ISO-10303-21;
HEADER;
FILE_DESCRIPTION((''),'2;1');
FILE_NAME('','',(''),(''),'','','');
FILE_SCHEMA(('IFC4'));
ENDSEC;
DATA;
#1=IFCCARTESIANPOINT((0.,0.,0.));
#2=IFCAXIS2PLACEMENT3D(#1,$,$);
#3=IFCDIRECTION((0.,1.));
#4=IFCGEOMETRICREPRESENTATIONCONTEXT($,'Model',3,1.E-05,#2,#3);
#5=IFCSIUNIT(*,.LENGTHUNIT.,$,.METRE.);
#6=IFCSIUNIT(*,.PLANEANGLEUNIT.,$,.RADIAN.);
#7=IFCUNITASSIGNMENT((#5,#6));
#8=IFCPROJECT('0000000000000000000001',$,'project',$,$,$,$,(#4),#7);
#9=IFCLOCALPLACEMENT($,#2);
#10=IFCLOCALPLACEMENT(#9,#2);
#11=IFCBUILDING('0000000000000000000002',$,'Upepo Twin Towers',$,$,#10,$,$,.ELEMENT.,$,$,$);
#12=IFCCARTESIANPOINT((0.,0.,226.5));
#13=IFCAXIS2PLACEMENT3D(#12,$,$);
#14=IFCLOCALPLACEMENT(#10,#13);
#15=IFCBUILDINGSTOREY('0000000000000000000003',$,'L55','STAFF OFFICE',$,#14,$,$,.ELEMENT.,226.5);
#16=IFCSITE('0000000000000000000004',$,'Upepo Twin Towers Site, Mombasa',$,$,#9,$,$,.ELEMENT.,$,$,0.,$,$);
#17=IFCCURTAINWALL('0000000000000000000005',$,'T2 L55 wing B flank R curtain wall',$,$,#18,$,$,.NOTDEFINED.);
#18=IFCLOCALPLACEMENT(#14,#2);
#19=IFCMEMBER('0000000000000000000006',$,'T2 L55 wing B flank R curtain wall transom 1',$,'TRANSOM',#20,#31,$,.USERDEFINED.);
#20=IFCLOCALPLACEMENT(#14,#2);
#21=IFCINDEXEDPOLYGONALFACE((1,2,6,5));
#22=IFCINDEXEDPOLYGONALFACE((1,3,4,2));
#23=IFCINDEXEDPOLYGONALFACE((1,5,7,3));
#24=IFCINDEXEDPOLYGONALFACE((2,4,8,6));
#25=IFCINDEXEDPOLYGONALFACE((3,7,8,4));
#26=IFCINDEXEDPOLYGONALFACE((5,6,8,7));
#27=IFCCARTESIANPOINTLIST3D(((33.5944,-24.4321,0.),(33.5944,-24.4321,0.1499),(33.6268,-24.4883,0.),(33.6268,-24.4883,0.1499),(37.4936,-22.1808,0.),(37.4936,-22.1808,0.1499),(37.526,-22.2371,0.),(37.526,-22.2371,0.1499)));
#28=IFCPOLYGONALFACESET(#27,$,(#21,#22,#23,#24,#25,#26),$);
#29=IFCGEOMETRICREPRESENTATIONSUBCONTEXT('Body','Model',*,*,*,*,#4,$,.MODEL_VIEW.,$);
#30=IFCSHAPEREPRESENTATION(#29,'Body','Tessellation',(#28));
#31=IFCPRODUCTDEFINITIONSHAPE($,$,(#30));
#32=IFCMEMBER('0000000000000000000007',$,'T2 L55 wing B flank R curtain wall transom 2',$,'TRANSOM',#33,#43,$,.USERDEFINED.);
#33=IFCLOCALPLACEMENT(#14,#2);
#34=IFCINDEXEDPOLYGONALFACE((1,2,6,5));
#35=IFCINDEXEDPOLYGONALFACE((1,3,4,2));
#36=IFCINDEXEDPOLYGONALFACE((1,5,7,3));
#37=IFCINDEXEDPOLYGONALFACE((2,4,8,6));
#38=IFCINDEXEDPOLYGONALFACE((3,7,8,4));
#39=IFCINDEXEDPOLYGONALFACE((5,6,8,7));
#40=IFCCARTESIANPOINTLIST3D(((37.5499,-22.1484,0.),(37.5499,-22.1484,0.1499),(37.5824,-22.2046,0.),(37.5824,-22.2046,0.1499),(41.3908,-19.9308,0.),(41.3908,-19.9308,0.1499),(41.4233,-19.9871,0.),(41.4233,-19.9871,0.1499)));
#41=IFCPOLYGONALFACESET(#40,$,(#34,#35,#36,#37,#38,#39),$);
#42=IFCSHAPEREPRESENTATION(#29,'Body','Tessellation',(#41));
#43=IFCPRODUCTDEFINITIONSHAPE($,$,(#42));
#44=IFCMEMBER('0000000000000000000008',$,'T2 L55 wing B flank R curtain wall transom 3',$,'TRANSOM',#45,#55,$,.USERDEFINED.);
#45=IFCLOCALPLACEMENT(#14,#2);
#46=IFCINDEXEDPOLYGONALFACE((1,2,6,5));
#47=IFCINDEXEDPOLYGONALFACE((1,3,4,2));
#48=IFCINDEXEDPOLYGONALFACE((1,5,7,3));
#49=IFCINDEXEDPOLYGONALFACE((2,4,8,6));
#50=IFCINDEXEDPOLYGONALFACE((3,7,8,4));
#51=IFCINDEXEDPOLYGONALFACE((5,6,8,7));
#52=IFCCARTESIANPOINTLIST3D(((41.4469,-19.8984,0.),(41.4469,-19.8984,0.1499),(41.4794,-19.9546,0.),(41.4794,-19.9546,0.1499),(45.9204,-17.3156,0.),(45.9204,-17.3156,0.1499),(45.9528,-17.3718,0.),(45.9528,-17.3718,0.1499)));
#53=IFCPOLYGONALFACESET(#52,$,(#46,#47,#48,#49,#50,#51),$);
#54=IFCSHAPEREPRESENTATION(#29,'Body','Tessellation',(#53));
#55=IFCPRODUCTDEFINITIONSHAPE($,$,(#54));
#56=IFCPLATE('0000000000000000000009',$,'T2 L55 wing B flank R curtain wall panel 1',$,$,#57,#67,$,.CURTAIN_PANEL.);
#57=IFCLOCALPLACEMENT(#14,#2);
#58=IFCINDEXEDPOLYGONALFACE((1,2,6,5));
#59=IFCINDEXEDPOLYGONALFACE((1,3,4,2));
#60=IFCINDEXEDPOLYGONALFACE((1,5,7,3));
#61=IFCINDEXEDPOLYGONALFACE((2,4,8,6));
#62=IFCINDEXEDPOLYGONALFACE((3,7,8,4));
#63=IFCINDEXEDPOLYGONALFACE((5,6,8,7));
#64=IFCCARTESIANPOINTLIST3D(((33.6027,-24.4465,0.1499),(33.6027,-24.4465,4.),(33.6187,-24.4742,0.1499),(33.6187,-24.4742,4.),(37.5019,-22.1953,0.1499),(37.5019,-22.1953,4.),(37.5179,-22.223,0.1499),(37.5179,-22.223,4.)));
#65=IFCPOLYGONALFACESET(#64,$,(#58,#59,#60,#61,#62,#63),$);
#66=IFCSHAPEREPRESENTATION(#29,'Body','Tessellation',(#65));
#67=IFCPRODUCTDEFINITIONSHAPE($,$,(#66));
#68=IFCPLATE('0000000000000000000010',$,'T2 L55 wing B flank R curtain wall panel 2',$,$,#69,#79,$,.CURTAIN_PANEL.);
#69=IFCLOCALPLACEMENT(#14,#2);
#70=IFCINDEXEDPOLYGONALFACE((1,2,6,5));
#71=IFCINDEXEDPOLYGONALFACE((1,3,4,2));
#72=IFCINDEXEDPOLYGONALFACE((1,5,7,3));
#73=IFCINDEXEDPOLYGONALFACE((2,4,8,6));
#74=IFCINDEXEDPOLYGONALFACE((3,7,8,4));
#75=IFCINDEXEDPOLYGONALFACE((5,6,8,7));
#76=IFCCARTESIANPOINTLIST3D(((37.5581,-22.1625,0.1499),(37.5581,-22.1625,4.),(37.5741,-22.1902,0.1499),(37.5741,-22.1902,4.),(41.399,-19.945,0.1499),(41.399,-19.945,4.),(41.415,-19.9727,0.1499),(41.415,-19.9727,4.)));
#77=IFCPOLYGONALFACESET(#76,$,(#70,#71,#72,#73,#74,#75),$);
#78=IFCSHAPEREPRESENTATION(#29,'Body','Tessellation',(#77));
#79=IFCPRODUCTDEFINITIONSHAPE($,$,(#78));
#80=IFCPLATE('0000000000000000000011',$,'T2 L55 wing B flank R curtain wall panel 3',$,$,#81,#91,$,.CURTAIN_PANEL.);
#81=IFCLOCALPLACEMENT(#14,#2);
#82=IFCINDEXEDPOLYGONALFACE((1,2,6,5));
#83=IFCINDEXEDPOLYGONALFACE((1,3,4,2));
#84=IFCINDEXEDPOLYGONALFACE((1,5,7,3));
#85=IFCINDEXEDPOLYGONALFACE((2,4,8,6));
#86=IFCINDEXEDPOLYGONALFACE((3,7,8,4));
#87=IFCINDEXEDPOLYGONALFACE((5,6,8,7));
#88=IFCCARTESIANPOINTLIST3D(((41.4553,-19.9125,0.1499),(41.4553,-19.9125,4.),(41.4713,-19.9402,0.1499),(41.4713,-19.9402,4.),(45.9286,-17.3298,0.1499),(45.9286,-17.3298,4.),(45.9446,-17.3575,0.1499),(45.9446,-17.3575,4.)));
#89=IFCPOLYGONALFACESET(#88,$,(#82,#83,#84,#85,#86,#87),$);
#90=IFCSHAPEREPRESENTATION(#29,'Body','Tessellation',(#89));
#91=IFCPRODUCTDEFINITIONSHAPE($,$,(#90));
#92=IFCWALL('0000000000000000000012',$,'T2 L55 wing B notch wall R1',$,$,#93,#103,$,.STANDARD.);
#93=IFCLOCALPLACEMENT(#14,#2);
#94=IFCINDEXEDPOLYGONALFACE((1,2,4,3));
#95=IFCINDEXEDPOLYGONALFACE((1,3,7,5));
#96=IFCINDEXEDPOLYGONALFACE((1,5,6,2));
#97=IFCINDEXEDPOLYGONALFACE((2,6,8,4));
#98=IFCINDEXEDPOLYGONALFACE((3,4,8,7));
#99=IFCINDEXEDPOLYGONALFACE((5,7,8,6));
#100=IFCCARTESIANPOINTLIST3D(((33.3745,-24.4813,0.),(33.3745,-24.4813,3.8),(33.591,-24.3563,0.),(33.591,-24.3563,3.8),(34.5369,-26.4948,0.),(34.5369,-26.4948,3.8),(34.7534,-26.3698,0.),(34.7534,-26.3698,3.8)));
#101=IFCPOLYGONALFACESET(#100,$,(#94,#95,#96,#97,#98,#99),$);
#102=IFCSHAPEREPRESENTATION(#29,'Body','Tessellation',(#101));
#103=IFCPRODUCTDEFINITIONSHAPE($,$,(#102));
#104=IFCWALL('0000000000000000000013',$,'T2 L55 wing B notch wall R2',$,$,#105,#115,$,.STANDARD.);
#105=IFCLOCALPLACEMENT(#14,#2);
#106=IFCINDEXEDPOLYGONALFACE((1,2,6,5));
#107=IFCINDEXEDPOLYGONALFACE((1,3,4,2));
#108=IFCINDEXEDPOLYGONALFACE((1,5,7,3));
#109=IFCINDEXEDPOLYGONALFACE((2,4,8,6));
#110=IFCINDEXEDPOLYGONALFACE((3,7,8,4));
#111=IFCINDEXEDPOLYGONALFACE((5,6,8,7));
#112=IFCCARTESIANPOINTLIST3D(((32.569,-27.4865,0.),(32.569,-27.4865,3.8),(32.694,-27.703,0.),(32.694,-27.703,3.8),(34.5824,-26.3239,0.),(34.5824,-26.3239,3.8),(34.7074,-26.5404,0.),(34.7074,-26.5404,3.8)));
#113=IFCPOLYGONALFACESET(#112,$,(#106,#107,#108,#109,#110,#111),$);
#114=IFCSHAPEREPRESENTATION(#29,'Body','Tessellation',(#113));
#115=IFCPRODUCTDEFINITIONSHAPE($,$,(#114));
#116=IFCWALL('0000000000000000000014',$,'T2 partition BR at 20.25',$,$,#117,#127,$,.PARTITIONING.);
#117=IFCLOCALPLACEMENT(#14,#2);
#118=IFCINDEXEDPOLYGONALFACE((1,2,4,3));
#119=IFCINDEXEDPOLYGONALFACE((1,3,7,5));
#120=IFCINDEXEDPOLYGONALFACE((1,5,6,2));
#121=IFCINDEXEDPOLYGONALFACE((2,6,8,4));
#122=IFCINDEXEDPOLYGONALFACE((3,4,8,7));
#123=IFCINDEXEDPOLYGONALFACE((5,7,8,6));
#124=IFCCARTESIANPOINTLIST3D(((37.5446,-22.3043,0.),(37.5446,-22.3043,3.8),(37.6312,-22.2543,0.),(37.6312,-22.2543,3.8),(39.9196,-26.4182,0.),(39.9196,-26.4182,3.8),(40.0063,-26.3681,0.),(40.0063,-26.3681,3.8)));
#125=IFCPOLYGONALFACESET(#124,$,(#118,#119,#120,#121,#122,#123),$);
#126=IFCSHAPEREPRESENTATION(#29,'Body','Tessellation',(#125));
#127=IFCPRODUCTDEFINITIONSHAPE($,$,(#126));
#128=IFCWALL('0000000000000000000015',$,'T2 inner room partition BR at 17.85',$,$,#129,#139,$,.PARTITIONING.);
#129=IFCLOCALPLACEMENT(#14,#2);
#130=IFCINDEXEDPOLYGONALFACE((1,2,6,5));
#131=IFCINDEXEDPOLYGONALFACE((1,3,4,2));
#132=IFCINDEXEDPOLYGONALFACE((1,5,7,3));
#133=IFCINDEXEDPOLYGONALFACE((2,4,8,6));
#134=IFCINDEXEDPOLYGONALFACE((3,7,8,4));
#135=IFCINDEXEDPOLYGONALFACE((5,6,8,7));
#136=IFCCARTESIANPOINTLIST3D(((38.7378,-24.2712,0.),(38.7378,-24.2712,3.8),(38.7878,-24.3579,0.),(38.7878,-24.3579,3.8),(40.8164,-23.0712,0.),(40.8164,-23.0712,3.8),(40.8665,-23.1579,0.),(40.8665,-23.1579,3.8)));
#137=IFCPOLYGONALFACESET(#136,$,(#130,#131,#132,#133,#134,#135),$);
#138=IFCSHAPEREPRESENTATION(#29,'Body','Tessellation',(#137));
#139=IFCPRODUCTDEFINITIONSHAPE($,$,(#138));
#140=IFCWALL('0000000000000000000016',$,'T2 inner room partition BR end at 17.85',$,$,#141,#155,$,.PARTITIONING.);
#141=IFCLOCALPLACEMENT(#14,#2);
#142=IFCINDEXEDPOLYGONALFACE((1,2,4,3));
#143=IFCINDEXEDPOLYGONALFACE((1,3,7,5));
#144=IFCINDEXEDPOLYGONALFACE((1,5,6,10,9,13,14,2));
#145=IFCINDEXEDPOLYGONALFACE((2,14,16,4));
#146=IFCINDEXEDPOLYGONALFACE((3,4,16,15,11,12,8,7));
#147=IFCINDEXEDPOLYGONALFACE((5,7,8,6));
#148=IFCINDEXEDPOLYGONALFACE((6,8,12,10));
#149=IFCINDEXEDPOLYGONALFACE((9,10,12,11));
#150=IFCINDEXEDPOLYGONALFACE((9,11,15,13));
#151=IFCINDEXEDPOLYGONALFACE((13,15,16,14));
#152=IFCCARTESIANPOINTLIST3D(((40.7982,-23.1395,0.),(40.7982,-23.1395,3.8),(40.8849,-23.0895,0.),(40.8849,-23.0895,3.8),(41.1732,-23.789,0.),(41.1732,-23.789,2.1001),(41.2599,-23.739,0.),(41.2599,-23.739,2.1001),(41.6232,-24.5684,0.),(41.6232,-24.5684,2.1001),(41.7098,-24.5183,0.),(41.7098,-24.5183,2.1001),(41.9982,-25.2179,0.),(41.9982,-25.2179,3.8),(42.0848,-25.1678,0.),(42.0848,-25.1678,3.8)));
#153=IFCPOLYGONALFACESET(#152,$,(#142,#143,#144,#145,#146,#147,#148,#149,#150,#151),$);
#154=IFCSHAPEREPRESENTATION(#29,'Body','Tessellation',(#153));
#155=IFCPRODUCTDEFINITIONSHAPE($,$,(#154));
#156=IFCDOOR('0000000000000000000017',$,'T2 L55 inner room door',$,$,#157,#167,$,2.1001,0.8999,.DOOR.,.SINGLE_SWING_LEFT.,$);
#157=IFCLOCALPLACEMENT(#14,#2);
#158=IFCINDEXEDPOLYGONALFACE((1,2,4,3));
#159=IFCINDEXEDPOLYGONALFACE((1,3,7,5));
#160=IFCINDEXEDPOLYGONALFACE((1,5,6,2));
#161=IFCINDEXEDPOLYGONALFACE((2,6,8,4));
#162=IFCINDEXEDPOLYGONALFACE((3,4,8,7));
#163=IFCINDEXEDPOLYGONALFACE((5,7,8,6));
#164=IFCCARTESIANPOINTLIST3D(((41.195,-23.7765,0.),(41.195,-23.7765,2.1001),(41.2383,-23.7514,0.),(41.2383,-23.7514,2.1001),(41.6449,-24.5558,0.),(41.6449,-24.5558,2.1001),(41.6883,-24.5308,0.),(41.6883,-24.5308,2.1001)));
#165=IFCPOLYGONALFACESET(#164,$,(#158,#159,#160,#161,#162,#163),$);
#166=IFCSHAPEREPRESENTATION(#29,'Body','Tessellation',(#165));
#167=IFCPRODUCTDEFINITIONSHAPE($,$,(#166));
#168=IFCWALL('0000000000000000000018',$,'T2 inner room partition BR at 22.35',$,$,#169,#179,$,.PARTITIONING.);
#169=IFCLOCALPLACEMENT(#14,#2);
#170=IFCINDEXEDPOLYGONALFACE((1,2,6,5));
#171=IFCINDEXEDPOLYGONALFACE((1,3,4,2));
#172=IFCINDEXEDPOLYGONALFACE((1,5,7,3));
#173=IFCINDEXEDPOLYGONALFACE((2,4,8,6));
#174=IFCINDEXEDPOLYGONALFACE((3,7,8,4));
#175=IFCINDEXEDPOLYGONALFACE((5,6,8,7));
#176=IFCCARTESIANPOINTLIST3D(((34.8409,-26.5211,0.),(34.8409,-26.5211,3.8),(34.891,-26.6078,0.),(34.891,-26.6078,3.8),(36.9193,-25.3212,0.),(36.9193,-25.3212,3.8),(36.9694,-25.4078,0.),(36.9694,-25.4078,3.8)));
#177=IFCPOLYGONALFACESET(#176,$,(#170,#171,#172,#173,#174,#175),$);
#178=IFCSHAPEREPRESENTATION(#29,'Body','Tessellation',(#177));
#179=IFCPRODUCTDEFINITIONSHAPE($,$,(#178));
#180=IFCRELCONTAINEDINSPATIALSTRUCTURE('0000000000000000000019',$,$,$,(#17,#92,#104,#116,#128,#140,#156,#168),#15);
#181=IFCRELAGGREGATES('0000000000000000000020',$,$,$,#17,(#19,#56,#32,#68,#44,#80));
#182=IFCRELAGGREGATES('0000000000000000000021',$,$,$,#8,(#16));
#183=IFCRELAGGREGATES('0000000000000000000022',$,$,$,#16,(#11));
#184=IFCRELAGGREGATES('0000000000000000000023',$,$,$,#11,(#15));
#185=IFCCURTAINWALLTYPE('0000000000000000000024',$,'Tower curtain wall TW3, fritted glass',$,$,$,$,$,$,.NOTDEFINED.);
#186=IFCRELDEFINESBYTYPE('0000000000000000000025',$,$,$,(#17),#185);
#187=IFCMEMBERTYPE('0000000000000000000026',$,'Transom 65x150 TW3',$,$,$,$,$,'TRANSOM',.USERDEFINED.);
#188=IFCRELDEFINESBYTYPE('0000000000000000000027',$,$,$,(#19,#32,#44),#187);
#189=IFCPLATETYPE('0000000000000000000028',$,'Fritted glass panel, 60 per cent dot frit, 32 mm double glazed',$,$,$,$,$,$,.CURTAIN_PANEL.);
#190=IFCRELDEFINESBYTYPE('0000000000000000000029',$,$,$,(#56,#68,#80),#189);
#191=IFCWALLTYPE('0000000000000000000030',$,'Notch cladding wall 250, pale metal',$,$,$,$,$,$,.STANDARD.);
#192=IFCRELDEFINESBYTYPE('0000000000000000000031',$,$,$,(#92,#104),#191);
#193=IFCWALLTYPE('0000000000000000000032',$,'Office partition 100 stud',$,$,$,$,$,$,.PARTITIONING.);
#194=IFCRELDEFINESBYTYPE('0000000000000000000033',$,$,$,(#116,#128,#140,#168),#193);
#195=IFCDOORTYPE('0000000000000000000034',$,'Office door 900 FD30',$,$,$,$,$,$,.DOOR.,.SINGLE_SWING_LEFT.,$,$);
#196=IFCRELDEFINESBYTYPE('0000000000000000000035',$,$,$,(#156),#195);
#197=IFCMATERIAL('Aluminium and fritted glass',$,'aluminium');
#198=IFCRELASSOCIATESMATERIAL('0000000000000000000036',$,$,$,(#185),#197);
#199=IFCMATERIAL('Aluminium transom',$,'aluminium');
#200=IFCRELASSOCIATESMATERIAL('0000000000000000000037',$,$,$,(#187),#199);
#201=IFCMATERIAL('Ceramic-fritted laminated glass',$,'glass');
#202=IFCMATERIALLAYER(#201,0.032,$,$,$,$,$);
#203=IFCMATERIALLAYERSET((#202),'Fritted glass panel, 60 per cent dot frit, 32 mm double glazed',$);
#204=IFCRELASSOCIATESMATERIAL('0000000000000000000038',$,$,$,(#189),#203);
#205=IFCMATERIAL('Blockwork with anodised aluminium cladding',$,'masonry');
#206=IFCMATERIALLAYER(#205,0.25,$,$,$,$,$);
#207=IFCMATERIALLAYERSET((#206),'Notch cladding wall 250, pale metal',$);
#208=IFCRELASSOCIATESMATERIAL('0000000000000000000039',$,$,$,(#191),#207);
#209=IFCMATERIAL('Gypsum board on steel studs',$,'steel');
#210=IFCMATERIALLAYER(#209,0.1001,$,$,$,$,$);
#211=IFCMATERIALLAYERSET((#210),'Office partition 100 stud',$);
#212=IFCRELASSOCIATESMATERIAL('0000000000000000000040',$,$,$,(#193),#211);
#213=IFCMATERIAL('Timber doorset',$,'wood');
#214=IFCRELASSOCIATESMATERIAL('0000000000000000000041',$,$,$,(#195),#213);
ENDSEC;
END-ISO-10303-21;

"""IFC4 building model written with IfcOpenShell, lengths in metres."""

from ifc_helpers import new_model, si_unit, direction, frame, frame_2d, origin, origin_2d, place, context, subcontext, project, spatial, rectangle, extrude, material, layer, layer_set, material_profile, profile_set, type_object, element, fill, aggregate, save


model = new_model("IFC4")

# Units and contexts
model_context = context("Model", 3, precision=1e-05, world=origin(), true_north=direction((0.0, 1.0)))
body_context = subcontext(model_context, "Body", "Model", "MODEL_VIEW")
ifc_project = project(units=[si_unit("LENGTHUNIT", "METRE"), si_unit("PLANEANGLEUNIT", "RADIAN")], contexts=[model_context])

# Site, building, storey
site_placement = place(None, origin())
site = spatial("IfcSite", under=ifc_project, at=site_placement, Name="Upepo Twin Towers Site, Mombasa", CompositionType="ELEMENT", RefElevation=0.0)
building_placement = place(site_placement, origin())
building = spatial("IfcBuilding", under=site, at=building_placement, Name="Upepo Twin Towers", CompositionType="ELEMENT")
storey_placement = place(building_placement, frame((0.0, 0.0, 226.5)))
storey = spatial("IfcBuildingStorey", under=building, at=storey_placement, Name="L55", Description="STAFF OFFICE", CompositionType="ELEMENT", Elevation=226.5)

# Curtain wall
ifc_material_1 = material(Name="Aluminium and fritted glass", Category="aluminium")
curtain_wall_type = type_object("IfcCurtainWallType", Name="Tower curtain wall TW3, fritted glass", PredefinedType="NOTDEFINED", material=ifc_material_1)
curtain_wall_1_placement = place(storey_placement, origin())
curtain_wall_1 = element("IfcCurtainWall", 1, at=curtain_wall_1_placement, inside=storey, type_object=curtain_wall_type, Name="T2 L55 wing B flank R curtain wall", PredefinedType="NOTDEFINED")

# Members
ifc_material_2 = material(Name="Aluminium transom", Category="aluminium")
ifc_material_profile_1 = material_profile(ifc_material_2, rectangle(XDim=0.0649, YDim=0.1499, at=origin_2d()), Name="TRANSOM 65x150")
ifc_profile_set_1 = profile_set([ifc_material_profile_1], Name="Aluminium transom")
member_type_1 = type_object("IfcMemberType", Name="Transom 65x150 TW3", ElementType="TRANSOM", PredefinedType="USERDEFINED", material=ifc_profile_set_1)
member_1_placement = place(storey_placement, frame((33.6106, -24.4602, 0.075), z_axis=(0.866022, 0.500006, 0.0), x_axis=(-0.500006, 0.866022, 0.0)))
member_1 = element("IfcMember", 2, at=member_1_placement, type_object=member_type_1, Name="T2 L55 wing B flank R curtain wall transom 1", ObjectType="TRANSOM", PredefinedType="USERDEFINED", context=body_context, shape_type="SweptSolid", body=[
    extrude(rectangle(XDim=0.0649, YDim=0.1499, at=origin_2d()), origin(), (0.0, 0.0, 1.0), 4.5024),
])
member_2_placement = place(storey_placement, frame((37.5662, -22.1765, 0.075), z_axis=(0.866022, 0.500005, 0.0), x_axis=(-0.500005, 0.866022, 0.0)))
member_2 = element("IfcMember", 3, at=member_2_placement, type_object=member_type_1, Name="T2 L55 wing B flank R curtain wall transom 2", ObjectType="TRANSOM", PredefinedType="USERDEFINED", context=body_context, shape_type="SweptSolid", body=[
    extrude(rectangle(XDim=0.0649, YDim=0.1499, at=origin_2d()), origin(), (0.0, 0.0, 1.0), 4.4351),
])
member_3_placement = place(storey_placement, frame((41.4631, -19.9265, 0.075), z_axis=(0.866021, 0.500007, 0.0), x_axis=(-0.500007, 0.866021, 0.0)))
member_3 = element("IfcMember", 4, at=member_3_placement, type_object=member_type_1, Name="T2 L55 wing B flank R curtain wall transom 3", ObjectType="TRANSOM", PredefinedType="USERDEFINED", context=body_context, shape_type="SweptSolid", body=[
    extrude(rectangle(XDim=0.0649, YDim=0.1499, at=origin_2d()), origin(), (0.0, 0.0, 1.0), 5.1655),
])

# Plates
ifc_material_3 = material(Name="Ceramic-fritted laminated glass", Category="glass")
ifc_layer_1 = layer(ifc_material_3, 0.032)
ifc_layer_set_1 = layer_set([ifc_layer_1], Name="Fritted glass panel, 60 per cent dot frit, 32 mm double glazed")
plate_type = type_object("IfcPlateType", Name="Fritted glass panel, 60 per cent dot frit, 32 mm double glazed", PredefinedType="CURTAIN_PANEL", material=ifc_layer_set_1)
plate_1_placement = place(storey_placement, frame((35.5603, -23.3347, 0.1499), z_axis=(0.0, 0.0, 1.0), x_axis=(0.866025, 0.5, 0.0)))
plate_1 = element("IfcPlate", 5, at=plate_1_placement, type_object=plate_type, Name="T2 L55 wing B flank R curtain wall panel 1", PredefinedType="CURTAIN_PANEL", context=body_context, shape_type="SweptSolid", body=[
    extrude(rectangle(XDim=4.5024, YDim=0.032, at=origin_2d()), origin(), (0.0, 0.0, 1.0), 3.8501),
])
plate_2_placement = place(storey_placement, frame((39.4866, -21.0676, 0.1499), z_axis=(0.0, 0.0, 1.0), x_axis=(0.866025, 0.5, 0.0)))
plate_2 = element("IfcPlate", 6, at=plate_2_placement, type_object=plate_type, Name="T2 L55 wing B flank R curtain wall panel 2", PredefinedType="CURTAIN_PANEL", context=body_context, shape_type="SweptSolid", body=[
    extrude(rectangle(XDim=4.4351, YDim=0.032, at=origin_2d()), origin(), (0.0, 0.0, 1.0), 3.8501),
])
plate_3_placement = place(storey_placement, frame((43.7, -18.635, 0.1499), z_axis=(0.0, 0.0, 1.0), x_axis=(0.866025, 0.5, 0.0)))
plate_3 = element("IfcPlate", 7, at=plate_3_placement, type_object=plate_type, Name="T2 L55 wing B flank R curtain wall panel 3", PredefinedType="CURTAIN_PANEL", context=body_context, shape_type="SweptSolid", body=[
    extrude(rectangle(XDim=5.1653, YDim=0.032, at=origin_2d()), origin(), (0.0, 0.0, 1.0), 3.8501),
])
aggregate(curtain_wall_1, [member_1, plate_1, member_2, plate_2, member_3, plate_3])

# Walls
ifc_material_4 = material(Name="Blockwork with anodised aluminium cladding", Category="masonry")
ifc_layer_2 = layer(ifc_material_4, 0.25)
ifc_layer_set_2 = layer_set([ifc_layer_2], Name="Notch cladding wall 250, pale metal")
wall_type_1 = type_object("IfcWallType", Name="Notch cladding wall 250, pale metal", PredefinedType="STANDARD", material=ifc_layer_set_2)
for number, where, z_axis, x_axis, name in (
    (8, (33.4827, -24.4187, 0.0), (0.0, 0.0, 1.0), (0.499968, -0.866044, 0.0), "T2 L55 wing B notch wall R1"),
    (9, (34.645, -26.4321, 0.0), (0.0, 0.0, 1.0), (-0.865998, -0.500047, 0.0), "T2 L55 wing B notch wall R2"),
):
    element("IfcWall", number, at=place(storey_placement, frame(where, z_axis=z_axis, x_axis=x_axis)), inside=storey, type_object=wall_type_1, Name=name, PredefinedType="STANDARD", context=body_context, shape_type="SweptSolid", body=[
        extrude(rectangle(XDim=2.325, YDim=0.25, at=frame_2d((1.1626, 0.0))), origin(), (0.0, 0.0, 1.0), 3.8),
    ])
ifc_material_5 = material(Name="Gypsum board on steel studs", Category="steel")
ifc_layer_3 = layer(ifc_material_5, 0.1001)
ifc_layer_set_3 = layer_set([ifc_layer_3], Name="Office partition 100 stud")
wall_type_2 = type_object("IfcWallType", Name="Office partition 100 stud", PredefinedType="PARTITIONING", material=ifc_layer_set_3)
wall_1_placement = place(storey_placement, frame((39.9629, -26.3931, 0.0), z_axis=(0.0, 0.0, 1.0), x_axis=(-0.499986, 0.866033, 0.0)))
element("IfcWall", 10, at=wall_1_placement, inside=storey, type_object=wall_type_2, Name="T2 partition BR at 20.25", PredefinedType="PARTITIONING", context=body_context, shape_type="SweptSolid", body=[
    extrude(rectangle(XDim=4.7502, YDim=0.1001, at=frame_2d((2.375, 0.0))), origin(), (0.0, 0.0, 1.0), 3.8),
])
wall_2_placement = place(storey_placement, frame((40.8416, -23.1145, 0.0), z_axis=(0.0, 0.0, 1.0), x_axis=(-0.86605, -0.499957, 0.0)))
element("IfcWall", 11, at=wall_2_placement, inside=storey, type_object=wall_type_2, Name="T2 inner room partition BR at 17.85", PredefinedType="PARTITIONING", context=body_context, shape_type="SweptSolid", body=[
    extrude(rectangle(XDim=2.4001, YDim=0.1001, at=frame_2d((1.2002, 0.0))), origin(), (0.0, 0.0, 1.0), 3.8),
])

# Wall, opening, door
wall_3_placement = place(storey_placement, frame((42.0415, -25.1929, 0.0), z_axis=(0.0, 0.0, 1.0), x_axis=(-0.500001, 0.866025, 0.0)))
wall_3 = element("IfcWall", 12, at=wall_3_placement, inside=storey, type_object=wall_type_2, Name="T2 inner room partition BR end at 17.85", PredefinedType="PARTITIONING", context=body_context, shape_type="SweptSolid", body=[
    extrude(rectangle(XDim=2.3999, YDim=0.1001, at=frame_2d((1.2, 0.0))), origin(), (0.0, 0.0, 1.0), 3.8),
])
opening_1_placement = place(wall_3_placement, frame((0.75, 0.0, 0.0)))
opening_1 = element("IfcOpeningElement", 13, at=opening_1_placement, cuts=wall_3, PredefinedType="OPENING", context=body_context, shape_type="SweptSolid", body=[
    extrude(rectangle(XDim=0.8999, YDim=2.1001, at=frame_2d((0.45, 1.05))), frame((0.0, 0.0601, 0.0), z_axis=(0.0, -1.0, 0.0), x_axis=(1.0, 0.0, 0.0)), (0.0, 0.0, 1.0), 0.1201),
])
ifc_material_6 = material(Name="Timber doorset", Category="wood")
door_type = type_object("IfcDoorType", Name="Office door 900 FD30", OperationType="SINGLE_SWING_LEFT", PredefinedType="DOOR", material=ifc_material_6)
door_1_placement = place(opening_1_placement, origin())
door_1 = element("IfcDoor", 14, at=door_1_placement, inside=storey, type_object=door_type, Name="T2 L55 inner room door", OperationType="SINGLE_SWING_LEFT", OverallHeight=2.1001, OverallWidth=0.8999, PredefinedType="DOOR", context=body_context, shape_type="SweptSolid", body=[
    extrude(rectangle(XDim=0.8999, YDim=2.1001, at=frame_2d((0.45, 1.05))), frame((0.0, 0.0249, 0.0), z_axis=(0.0, -1.0, 0.0), x_axis=(1.0, 0.0, 0.0)), (0.0, 0.0, 1.0), 0.05),
])
fill(opening_1, door_1)

# Wall
wall_4_placement = place(storey_placement, frame((36.9443, -25.3645, 0.0), z_axis=(0.0, 0.0, 1.0), x_axis=(-0.866025, -0.500001, 0.0)))
element("IfcWall", 15, at=wall_4_placement, inside=storey, type_object=wall_type_2, Name="T2 inner room partition BR at 22.35", PredefinedType="PARTITIONING", context=body_context, shape_type="SweptSolid", body=[
    extrude(rectangle(XDim=2.3999, YDim=0.1001, at=frame_2d((1.2, 0.0))), origin(), (0.0, 0.0, 1.0), 3.8),
])

save(model, "model.ifc")
